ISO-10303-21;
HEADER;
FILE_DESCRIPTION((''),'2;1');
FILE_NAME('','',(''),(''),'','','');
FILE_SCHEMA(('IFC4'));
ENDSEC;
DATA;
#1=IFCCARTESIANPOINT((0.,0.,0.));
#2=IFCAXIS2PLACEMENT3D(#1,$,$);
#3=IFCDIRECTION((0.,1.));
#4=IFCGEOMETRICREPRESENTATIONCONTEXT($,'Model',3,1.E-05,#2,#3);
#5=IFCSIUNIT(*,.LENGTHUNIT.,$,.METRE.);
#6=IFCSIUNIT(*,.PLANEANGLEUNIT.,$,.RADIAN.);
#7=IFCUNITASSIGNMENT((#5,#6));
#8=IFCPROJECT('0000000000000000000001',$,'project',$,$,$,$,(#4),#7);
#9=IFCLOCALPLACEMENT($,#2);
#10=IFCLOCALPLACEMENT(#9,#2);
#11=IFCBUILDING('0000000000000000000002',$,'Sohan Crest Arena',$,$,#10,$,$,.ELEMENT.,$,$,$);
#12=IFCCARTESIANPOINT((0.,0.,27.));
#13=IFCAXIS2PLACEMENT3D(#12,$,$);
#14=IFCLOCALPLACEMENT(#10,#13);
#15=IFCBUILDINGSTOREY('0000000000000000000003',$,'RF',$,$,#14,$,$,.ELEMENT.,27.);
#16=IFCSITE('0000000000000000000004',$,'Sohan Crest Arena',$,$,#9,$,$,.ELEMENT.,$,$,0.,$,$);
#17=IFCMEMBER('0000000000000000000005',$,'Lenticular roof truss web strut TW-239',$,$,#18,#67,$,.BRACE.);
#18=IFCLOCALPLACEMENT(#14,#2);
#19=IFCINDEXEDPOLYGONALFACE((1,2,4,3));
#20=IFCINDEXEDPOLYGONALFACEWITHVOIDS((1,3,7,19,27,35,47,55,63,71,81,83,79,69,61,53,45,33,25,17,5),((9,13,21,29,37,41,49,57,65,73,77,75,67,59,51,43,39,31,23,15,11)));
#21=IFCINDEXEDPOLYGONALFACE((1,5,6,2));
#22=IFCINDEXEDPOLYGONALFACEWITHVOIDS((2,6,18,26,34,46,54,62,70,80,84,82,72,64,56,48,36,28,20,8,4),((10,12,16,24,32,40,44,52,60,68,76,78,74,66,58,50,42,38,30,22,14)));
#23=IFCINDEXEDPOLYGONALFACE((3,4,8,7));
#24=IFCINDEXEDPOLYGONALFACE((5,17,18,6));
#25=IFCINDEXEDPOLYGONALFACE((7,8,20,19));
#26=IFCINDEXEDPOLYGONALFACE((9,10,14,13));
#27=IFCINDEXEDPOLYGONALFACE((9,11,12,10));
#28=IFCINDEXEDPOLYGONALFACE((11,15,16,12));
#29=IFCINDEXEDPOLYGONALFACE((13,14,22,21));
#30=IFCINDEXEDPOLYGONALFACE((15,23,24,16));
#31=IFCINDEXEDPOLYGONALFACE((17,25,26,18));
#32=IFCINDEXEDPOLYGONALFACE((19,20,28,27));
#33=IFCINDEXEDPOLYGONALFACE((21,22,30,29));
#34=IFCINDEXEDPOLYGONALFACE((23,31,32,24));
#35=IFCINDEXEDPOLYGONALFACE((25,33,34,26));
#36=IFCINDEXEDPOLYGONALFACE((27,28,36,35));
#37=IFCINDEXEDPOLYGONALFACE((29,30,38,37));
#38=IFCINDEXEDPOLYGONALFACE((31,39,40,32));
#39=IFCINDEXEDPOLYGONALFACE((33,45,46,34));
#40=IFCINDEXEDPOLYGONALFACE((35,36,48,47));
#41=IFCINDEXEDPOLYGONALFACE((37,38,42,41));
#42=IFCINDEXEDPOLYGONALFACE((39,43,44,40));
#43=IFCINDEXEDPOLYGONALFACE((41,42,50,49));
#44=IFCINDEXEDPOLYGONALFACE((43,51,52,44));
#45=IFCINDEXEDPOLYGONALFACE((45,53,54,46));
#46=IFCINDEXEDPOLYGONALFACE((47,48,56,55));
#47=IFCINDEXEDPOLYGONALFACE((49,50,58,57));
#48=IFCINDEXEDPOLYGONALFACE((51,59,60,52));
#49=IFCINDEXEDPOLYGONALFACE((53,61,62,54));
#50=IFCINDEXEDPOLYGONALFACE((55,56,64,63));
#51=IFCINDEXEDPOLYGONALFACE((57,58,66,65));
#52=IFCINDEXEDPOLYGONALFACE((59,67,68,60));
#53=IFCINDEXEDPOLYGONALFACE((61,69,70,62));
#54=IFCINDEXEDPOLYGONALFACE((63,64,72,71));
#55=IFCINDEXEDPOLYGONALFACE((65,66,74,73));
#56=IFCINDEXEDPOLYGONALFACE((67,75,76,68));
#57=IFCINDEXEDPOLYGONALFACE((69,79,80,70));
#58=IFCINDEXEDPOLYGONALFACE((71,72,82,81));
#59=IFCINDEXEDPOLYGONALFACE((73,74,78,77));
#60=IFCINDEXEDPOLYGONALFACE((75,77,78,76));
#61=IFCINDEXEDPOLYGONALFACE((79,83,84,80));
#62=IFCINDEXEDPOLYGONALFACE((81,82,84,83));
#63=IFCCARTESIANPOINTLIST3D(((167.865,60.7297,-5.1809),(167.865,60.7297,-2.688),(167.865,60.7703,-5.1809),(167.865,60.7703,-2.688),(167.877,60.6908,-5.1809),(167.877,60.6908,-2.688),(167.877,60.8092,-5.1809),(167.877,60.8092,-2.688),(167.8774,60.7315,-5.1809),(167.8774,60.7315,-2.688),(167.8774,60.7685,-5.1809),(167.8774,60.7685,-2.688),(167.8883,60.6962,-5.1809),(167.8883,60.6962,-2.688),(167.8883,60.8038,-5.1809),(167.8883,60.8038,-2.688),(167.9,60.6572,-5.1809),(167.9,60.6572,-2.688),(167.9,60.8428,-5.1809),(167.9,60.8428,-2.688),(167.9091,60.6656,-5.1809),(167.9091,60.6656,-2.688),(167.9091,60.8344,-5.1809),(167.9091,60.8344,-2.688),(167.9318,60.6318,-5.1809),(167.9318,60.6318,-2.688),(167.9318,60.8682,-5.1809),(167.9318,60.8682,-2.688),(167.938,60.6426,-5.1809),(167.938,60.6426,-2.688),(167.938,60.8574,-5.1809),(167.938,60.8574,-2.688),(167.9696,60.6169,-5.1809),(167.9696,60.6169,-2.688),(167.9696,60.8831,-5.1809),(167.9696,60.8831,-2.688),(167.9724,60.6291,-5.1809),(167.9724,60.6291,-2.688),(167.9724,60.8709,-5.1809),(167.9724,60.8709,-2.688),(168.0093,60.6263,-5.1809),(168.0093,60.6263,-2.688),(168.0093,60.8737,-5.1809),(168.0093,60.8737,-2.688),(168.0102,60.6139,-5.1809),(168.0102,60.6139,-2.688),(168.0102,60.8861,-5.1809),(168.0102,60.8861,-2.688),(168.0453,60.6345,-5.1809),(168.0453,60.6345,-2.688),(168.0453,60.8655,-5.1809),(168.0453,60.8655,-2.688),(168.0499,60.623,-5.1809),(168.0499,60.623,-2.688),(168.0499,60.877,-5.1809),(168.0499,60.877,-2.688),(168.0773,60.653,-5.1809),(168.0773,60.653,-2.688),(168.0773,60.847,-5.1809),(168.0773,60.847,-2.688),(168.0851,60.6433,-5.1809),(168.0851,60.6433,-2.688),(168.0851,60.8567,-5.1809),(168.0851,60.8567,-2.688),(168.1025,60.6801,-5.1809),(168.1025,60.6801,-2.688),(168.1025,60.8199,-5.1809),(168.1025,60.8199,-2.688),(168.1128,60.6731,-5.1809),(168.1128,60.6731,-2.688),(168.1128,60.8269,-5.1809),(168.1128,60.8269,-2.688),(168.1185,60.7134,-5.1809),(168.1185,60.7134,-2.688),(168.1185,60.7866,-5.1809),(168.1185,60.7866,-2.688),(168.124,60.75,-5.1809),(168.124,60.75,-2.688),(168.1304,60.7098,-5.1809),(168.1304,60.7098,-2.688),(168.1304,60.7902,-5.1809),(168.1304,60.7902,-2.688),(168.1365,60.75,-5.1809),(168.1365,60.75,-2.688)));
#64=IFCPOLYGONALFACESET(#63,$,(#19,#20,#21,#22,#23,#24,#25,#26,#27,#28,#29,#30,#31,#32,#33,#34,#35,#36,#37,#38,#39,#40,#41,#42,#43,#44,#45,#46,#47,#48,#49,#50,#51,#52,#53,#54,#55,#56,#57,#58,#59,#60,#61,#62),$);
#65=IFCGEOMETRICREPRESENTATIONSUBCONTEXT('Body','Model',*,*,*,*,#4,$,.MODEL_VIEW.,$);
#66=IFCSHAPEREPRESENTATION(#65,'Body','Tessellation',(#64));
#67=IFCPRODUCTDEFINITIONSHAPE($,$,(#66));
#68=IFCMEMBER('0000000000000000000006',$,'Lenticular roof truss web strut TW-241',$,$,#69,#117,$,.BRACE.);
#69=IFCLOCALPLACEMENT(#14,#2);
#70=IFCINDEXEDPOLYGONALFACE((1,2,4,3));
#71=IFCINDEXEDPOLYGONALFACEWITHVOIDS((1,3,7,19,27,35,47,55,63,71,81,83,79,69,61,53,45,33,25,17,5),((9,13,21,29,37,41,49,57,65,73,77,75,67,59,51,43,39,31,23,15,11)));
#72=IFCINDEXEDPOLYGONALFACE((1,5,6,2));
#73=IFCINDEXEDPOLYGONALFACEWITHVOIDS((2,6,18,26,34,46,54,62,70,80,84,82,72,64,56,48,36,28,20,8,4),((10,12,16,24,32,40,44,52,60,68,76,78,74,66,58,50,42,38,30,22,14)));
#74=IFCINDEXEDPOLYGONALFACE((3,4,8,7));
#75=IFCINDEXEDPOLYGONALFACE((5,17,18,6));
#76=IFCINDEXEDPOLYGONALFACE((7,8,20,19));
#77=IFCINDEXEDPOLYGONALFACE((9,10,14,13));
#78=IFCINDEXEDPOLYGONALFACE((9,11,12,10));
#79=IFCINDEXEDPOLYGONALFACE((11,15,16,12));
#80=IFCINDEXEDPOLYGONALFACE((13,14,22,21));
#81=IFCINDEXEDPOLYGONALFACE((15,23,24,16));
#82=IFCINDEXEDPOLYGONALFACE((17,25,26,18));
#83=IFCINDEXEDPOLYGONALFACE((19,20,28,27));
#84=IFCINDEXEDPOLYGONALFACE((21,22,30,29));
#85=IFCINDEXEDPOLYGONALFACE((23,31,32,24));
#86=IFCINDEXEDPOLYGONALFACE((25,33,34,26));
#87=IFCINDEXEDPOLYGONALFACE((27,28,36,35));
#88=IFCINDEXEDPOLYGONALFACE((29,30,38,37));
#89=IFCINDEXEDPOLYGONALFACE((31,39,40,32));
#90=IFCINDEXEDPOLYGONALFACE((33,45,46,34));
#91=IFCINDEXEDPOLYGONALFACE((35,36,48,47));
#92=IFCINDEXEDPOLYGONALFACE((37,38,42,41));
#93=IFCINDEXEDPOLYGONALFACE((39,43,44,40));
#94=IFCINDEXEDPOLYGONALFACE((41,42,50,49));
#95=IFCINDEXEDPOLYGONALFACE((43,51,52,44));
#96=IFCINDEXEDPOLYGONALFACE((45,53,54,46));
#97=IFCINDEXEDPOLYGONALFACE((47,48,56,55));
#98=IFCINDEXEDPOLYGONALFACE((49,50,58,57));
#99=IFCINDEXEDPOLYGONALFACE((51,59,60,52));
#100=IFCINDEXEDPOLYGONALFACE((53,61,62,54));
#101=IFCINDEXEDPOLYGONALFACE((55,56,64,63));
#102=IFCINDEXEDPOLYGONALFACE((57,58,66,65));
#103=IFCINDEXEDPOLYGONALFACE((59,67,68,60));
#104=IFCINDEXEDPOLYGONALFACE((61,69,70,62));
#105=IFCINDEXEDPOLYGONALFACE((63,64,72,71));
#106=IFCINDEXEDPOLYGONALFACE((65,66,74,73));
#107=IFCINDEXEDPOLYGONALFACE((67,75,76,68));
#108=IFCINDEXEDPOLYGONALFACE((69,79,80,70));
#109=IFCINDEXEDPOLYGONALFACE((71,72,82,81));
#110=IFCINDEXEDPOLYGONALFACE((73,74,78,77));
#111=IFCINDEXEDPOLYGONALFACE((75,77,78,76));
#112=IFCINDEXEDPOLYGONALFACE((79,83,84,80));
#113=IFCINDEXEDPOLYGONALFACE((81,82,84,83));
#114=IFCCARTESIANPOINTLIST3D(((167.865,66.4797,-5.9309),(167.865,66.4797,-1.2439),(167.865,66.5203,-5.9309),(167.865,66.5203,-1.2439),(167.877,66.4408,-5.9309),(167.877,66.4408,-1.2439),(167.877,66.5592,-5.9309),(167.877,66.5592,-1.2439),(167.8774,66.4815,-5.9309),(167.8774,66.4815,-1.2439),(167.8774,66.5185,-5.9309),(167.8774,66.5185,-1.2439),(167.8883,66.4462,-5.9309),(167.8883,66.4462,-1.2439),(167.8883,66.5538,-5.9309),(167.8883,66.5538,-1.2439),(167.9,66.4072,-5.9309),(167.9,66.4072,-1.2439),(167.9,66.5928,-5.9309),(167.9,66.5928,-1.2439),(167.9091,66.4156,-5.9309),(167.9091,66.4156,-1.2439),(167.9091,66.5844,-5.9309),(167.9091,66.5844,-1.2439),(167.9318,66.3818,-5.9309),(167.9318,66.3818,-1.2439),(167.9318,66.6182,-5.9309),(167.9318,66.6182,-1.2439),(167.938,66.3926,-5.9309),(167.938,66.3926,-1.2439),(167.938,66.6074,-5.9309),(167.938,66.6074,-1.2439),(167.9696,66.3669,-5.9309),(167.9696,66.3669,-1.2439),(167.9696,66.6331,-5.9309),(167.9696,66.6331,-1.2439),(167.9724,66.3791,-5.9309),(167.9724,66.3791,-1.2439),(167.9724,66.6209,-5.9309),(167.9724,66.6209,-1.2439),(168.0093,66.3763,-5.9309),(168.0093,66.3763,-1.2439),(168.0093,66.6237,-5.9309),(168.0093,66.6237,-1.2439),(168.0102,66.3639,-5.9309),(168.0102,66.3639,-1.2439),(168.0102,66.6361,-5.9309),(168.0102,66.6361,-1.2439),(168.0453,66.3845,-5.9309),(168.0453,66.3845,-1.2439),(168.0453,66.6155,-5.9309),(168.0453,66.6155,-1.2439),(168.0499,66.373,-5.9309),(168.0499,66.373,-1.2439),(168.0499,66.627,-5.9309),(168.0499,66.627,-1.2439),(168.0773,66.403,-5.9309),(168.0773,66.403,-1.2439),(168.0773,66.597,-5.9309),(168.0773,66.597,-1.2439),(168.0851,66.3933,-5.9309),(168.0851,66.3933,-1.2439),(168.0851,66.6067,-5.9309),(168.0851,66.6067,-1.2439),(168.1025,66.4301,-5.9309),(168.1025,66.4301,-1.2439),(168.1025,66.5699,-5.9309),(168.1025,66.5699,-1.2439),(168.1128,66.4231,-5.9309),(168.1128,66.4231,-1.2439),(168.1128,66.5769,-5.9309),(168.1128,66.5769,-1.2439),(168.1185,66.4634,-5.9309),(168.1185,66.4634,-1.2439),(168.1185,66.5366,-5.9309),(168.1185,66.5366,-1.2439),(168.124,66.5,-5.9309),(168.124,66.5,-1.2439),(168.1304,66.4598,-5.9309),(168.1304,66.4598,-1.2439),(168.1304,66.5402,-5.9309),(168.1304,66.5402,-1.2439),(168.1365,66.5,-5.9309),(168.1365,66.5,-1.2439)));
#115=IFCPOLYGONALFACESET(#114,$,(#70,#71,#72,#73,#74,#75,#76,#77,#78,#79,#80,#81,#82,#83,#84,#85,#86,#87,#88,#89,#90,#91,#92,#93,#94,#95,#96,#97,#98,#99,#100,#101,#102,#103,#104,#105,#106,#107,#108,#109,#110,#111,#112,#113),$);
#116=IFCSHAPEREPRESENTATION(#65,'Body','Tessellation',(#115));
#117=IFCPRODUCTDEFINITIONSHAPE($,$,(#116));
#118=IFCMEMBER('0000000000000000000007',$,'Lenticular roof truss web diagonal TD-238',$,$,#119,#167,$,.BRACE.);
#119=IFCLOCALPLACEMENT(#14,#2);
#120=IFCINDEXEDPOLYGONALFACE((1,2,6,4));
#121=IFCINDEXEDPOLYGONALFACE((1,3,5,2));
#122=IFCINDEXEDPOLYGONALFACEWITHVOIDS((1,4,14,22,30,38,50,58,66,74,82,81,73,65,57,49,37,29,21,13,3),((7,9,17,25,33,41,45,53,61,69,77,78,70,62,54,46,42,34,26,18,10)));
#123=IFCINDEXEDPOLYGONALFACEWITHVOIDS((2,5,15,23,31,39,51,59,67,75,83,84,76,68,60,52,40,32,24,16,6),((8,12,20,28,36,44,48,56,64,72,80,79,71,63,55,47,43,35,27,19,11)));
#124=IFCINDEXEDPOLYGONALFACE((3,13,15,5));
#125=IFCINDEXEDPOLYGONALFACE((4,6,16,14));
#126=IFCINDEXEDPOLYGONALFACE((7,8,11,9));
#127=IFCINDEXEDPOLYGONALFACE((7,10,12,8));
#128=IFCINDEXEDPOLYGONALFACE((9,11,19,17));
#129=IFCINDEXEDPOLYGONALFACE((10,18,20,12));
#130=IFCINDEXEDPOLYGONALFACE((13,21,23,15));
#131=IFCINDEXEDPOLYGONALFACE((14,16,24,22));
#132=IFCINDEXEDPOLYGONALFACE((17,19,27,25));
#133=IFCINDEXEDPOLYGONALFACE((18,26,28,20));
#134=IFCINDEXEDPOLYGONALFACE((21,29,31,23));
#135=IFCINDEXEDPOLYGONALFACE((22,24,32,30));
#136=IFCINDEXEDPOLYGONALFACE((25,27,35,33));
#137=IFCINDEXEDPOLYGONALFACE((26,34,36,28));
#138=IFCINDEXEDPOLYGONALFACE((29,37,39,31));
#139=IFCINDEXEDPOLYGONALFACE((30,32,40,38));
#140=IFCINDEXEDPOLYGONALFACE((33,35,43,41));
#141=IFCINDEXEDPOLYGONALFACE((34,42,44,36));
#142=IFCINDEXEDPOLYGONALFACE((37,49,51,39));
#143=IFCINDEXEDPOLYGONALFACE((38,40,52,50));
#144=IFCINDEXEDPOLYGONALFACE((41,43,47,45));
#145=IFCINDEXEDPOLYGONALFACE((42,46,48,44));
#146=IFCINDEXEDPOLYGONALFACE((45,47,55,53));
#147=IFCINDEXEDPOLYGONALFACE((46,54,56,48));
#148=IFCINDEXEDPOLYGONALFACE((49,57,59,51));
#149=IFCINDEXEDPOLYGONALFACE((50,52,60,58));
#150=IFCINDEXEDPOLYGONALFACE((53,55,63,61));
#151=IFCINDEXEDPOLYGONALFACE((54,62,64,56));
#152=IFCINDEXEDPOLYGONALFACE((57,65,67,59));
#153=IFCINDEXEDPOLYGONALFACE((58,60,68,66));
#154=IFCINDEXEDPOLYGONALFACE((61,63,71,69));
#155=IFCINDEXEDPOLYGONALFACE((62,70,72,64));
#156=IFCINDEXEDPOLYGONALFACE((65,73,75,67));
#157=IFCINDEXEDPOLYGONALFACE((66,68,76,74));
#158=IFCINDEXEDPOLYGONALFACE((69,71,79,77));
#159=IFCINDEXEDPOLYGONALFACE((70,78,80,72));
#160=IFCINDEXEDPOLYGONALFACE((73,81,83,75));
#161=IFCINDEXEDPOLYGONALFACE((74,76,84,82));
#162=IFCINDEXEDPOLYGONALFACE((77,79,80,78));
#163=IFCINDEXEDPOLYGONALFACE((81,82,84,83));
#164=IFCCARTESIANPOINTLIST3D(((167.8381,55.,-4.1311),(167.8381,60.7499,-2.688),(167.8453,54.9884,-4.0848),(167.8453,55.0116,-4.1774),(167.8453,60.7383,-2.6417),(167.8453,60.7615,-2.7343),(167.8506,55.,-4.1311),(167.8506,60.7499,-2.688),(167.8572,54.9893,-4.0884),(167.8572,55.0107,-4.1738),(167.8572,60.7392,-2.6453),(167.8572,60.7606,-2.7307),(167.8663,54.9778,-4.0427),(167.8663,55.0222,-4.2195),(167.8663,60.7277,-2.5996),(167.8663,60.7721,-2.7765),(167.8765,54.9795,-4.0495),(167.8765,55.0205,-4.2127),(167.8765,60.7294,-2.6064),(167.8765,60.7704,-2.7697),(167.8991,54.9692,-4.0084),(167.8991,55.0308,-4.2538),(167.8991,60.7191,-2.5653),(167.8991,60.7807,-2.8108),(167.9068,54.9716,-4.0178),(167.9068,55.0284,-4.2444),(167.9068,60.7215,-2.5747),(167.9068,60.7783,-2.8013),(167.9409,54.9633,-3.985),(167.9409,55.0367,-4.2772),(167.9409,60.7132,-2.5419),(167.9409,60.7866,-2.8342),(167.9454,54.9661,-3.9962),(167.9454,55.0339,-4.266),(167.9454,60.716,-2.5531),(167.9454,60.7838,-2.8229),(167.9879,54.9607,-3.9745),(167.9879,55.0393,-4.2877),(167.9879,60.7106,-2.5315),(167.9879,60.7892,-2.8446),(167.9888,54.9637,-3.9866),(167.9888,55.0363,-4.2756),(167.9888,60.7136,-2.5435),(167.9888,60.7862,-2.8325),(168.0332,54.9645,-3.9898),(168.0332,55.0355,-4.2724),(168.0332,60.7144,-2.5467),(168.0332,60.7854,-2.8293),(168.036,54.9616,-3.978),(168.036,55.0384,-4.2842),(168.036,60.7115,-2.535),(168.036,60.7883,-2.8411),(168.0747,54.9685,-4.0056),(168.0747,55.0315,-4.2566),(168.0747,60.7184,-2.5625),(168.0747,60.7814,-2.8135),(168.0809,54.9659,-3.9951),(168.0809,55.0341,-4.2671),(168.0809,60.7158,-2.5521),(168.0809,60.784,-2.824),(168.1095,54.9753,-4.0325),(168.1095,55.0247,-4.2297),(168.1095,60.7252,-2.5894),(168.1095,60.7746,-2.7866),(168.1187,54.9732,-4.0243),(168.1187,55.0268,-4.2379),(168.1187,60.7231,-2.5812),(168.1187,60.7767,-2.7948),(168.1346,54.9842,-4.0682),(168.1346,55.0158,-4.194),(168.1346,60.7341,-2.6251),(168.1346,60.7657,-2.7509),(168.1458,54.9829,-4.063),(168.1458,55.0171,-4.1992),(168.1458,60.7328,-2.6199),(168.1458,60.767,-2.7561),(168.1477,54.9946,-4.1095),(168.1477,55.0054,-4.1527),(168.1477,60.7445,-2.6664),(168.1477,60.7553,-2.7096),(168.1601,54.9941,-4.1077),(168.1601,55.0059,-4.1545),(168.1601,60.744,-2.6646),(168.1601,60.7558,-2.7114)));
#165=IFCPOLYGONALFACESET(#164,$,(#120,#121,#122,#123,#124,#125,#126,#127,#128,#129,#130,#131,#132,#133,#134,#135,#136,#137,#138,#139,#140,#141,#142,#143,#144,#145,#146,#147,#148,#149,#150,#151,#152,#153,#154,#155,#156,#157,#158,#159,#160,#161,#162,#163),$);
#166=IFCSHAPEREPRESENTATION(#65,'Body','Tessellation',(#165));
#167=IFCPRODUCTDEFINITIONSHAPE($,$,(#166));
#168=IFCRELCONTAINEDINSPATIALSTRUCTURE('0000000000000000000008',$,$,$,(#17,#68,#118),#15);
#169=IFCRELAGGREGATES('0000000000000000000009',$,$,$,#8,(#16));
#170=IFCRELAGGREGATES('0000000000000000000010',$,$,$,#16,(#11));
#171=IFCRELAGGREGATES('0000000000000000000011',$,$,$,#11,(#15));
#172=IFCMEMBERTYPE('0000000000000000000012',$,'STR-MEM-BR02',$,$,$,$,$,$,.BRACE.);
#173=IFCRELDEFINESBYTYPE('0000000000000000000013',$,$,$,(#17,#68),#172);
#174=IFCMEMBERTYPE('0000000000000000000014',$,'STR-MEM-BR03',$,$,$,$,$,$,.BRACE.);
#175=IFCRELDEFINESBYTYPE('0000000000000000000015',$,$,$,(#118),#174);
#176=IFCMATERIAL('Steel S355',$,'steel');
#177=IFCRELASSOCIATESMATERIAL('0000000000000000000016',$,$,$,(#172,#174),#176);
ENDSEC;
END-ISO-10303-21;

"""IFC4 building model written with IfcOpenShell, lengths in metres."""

from ifc_helpers import new_model, si_unit, direction, frame, origin, origin_2d, place, context, subcontext, project, spatial, hollow_circle, extrude, material, material_profile, profile_set, type_object, element, save


model = new_model("IFC4")

# Units and contexts
model_context = context("Model", 3, precision=1e-05, world=origin(), true_north=direction((0.0, 1.0)))
body_context = subcontext(model_context, "Body", "Model", "MODEL_VIEW")
ifc_project = project(units=[si_unit("LENGTHUNIT", "METRE"), si_unit("PLANEANGLEUNIT", "RADIAN")], contexts=[model_context])

# Site, building, storey
site_placement = place(None, origin())
site = spatial("IfcSite", under=ifc_project, at=site_placement, Name="Sohan Crest Arena", CompositionType="ELEMENT", RefElevation=0.0)
building_placement = place(site_placement, origin())
building = spatial("IfcBuilding", under=site, at=building_placement, Name="Sohan Crest Arena", CompositionType="ELEMENT")
storey_placement = place(building_placement, frame((0.0, 0.0, 27.0)))
storey = spatial("IfcBuildingStorey", under=building, at=storey_placement, Name="RF", CompositionType="ELEMENT", Elevation=27.0)

# Shared definitions
ifc_material_1 = material(Name="Steel S355", Category="steel")

# Members
ifc_material_profile_1 = material_profile(ifc_material_1, hollow_circle(Radius=0.1365, WallThickness=0.0125, at=origin_2d()), Name="CHS 273x12.5")
ifc_profile_set_1 = profile_set([ifc_material_profile_1], Name="Steel S355")
member_type_1 = type_object("IfcMemberType", Name="STR-MEM-BR02", PredefinedType="BRACE", material=ifc_profile_set_1)
member_1_placement = place(storey_placement, frame((168.0, 60.75, -5.1809), z_axis=(0.0, 0.0, 1.0), x_axis=(1.0, 0.0, 0.0)))
element("IfcMember", 1, at=member_1_placement, inside=storey, type_object=member_type_1, Name="Lenticular roof truss web strut TW-239", PredefinedType="BRACE", context=body_context, shape_type="SweptSolid", body=[
    extrude(hollow_circle(Radius=0.1365, WallThickness=0.0125, at=origin_2d()), origin(), (0.0, 0.0, 1.0), 2.4929),
])
member_2_placement = place(storey_placement, frame((168.0, 66.5, -5.9309), z_axis=(0.0, 0.0, 1.0), x_axis=(1.0, 0.0, 0.0)))
element("IfcMember", 2, at=member_2_placement, inside=storey, type_object=member_type_1, Name="Lenticular roof truss web strut TW-241", PredefinedType="BRACE", context=body_context, shape_type="SweptSolid", body=[
    extrude(hollow_circle(Radius=0.1365, WallThickness=0.0125, at=origin_2d()), origin(), (0.0, 0.0, 1.0), 4.687),
])
ifc_material_profile_2 = material_profile(ifc_material_1, hollow_circle(Radius=0.1619, WallThickness=0.0125, at=origin_2d()), Name="CHS 323.9x12.5")
ifc_profile_set_2 = profile_set([ifc_material_profile_2], Name="Steel S355")
member_type_2 = type_object("IfcMemberType", Name="STR-MEM-BR03", PredefinedType="BRACE", material=ifc_profile_set_2)
member_3_placement = place(storey_placement, frame((168.0, 55.0, -4.1311), z_axis=(0.0, 0.969919, 0.243427), x_axis=(-1.0, 0.0, 0.0)))
element("IfcMember", 3, at=member_3_placement, inside=storey, type_object=member_type_2, Name="Lenticular roof truss web diagonal TD-238", PredefinedType="BRACE", context=body_context, shape_type="SweptSolid", body=[
    extrude(hollow_circle(Radius=0.1619, WallThickness=0.0125, at=origin_2d()), origin(), (0.0, 0.0, 1.0), 5.9282),
])

save(model, "model.ifc")
